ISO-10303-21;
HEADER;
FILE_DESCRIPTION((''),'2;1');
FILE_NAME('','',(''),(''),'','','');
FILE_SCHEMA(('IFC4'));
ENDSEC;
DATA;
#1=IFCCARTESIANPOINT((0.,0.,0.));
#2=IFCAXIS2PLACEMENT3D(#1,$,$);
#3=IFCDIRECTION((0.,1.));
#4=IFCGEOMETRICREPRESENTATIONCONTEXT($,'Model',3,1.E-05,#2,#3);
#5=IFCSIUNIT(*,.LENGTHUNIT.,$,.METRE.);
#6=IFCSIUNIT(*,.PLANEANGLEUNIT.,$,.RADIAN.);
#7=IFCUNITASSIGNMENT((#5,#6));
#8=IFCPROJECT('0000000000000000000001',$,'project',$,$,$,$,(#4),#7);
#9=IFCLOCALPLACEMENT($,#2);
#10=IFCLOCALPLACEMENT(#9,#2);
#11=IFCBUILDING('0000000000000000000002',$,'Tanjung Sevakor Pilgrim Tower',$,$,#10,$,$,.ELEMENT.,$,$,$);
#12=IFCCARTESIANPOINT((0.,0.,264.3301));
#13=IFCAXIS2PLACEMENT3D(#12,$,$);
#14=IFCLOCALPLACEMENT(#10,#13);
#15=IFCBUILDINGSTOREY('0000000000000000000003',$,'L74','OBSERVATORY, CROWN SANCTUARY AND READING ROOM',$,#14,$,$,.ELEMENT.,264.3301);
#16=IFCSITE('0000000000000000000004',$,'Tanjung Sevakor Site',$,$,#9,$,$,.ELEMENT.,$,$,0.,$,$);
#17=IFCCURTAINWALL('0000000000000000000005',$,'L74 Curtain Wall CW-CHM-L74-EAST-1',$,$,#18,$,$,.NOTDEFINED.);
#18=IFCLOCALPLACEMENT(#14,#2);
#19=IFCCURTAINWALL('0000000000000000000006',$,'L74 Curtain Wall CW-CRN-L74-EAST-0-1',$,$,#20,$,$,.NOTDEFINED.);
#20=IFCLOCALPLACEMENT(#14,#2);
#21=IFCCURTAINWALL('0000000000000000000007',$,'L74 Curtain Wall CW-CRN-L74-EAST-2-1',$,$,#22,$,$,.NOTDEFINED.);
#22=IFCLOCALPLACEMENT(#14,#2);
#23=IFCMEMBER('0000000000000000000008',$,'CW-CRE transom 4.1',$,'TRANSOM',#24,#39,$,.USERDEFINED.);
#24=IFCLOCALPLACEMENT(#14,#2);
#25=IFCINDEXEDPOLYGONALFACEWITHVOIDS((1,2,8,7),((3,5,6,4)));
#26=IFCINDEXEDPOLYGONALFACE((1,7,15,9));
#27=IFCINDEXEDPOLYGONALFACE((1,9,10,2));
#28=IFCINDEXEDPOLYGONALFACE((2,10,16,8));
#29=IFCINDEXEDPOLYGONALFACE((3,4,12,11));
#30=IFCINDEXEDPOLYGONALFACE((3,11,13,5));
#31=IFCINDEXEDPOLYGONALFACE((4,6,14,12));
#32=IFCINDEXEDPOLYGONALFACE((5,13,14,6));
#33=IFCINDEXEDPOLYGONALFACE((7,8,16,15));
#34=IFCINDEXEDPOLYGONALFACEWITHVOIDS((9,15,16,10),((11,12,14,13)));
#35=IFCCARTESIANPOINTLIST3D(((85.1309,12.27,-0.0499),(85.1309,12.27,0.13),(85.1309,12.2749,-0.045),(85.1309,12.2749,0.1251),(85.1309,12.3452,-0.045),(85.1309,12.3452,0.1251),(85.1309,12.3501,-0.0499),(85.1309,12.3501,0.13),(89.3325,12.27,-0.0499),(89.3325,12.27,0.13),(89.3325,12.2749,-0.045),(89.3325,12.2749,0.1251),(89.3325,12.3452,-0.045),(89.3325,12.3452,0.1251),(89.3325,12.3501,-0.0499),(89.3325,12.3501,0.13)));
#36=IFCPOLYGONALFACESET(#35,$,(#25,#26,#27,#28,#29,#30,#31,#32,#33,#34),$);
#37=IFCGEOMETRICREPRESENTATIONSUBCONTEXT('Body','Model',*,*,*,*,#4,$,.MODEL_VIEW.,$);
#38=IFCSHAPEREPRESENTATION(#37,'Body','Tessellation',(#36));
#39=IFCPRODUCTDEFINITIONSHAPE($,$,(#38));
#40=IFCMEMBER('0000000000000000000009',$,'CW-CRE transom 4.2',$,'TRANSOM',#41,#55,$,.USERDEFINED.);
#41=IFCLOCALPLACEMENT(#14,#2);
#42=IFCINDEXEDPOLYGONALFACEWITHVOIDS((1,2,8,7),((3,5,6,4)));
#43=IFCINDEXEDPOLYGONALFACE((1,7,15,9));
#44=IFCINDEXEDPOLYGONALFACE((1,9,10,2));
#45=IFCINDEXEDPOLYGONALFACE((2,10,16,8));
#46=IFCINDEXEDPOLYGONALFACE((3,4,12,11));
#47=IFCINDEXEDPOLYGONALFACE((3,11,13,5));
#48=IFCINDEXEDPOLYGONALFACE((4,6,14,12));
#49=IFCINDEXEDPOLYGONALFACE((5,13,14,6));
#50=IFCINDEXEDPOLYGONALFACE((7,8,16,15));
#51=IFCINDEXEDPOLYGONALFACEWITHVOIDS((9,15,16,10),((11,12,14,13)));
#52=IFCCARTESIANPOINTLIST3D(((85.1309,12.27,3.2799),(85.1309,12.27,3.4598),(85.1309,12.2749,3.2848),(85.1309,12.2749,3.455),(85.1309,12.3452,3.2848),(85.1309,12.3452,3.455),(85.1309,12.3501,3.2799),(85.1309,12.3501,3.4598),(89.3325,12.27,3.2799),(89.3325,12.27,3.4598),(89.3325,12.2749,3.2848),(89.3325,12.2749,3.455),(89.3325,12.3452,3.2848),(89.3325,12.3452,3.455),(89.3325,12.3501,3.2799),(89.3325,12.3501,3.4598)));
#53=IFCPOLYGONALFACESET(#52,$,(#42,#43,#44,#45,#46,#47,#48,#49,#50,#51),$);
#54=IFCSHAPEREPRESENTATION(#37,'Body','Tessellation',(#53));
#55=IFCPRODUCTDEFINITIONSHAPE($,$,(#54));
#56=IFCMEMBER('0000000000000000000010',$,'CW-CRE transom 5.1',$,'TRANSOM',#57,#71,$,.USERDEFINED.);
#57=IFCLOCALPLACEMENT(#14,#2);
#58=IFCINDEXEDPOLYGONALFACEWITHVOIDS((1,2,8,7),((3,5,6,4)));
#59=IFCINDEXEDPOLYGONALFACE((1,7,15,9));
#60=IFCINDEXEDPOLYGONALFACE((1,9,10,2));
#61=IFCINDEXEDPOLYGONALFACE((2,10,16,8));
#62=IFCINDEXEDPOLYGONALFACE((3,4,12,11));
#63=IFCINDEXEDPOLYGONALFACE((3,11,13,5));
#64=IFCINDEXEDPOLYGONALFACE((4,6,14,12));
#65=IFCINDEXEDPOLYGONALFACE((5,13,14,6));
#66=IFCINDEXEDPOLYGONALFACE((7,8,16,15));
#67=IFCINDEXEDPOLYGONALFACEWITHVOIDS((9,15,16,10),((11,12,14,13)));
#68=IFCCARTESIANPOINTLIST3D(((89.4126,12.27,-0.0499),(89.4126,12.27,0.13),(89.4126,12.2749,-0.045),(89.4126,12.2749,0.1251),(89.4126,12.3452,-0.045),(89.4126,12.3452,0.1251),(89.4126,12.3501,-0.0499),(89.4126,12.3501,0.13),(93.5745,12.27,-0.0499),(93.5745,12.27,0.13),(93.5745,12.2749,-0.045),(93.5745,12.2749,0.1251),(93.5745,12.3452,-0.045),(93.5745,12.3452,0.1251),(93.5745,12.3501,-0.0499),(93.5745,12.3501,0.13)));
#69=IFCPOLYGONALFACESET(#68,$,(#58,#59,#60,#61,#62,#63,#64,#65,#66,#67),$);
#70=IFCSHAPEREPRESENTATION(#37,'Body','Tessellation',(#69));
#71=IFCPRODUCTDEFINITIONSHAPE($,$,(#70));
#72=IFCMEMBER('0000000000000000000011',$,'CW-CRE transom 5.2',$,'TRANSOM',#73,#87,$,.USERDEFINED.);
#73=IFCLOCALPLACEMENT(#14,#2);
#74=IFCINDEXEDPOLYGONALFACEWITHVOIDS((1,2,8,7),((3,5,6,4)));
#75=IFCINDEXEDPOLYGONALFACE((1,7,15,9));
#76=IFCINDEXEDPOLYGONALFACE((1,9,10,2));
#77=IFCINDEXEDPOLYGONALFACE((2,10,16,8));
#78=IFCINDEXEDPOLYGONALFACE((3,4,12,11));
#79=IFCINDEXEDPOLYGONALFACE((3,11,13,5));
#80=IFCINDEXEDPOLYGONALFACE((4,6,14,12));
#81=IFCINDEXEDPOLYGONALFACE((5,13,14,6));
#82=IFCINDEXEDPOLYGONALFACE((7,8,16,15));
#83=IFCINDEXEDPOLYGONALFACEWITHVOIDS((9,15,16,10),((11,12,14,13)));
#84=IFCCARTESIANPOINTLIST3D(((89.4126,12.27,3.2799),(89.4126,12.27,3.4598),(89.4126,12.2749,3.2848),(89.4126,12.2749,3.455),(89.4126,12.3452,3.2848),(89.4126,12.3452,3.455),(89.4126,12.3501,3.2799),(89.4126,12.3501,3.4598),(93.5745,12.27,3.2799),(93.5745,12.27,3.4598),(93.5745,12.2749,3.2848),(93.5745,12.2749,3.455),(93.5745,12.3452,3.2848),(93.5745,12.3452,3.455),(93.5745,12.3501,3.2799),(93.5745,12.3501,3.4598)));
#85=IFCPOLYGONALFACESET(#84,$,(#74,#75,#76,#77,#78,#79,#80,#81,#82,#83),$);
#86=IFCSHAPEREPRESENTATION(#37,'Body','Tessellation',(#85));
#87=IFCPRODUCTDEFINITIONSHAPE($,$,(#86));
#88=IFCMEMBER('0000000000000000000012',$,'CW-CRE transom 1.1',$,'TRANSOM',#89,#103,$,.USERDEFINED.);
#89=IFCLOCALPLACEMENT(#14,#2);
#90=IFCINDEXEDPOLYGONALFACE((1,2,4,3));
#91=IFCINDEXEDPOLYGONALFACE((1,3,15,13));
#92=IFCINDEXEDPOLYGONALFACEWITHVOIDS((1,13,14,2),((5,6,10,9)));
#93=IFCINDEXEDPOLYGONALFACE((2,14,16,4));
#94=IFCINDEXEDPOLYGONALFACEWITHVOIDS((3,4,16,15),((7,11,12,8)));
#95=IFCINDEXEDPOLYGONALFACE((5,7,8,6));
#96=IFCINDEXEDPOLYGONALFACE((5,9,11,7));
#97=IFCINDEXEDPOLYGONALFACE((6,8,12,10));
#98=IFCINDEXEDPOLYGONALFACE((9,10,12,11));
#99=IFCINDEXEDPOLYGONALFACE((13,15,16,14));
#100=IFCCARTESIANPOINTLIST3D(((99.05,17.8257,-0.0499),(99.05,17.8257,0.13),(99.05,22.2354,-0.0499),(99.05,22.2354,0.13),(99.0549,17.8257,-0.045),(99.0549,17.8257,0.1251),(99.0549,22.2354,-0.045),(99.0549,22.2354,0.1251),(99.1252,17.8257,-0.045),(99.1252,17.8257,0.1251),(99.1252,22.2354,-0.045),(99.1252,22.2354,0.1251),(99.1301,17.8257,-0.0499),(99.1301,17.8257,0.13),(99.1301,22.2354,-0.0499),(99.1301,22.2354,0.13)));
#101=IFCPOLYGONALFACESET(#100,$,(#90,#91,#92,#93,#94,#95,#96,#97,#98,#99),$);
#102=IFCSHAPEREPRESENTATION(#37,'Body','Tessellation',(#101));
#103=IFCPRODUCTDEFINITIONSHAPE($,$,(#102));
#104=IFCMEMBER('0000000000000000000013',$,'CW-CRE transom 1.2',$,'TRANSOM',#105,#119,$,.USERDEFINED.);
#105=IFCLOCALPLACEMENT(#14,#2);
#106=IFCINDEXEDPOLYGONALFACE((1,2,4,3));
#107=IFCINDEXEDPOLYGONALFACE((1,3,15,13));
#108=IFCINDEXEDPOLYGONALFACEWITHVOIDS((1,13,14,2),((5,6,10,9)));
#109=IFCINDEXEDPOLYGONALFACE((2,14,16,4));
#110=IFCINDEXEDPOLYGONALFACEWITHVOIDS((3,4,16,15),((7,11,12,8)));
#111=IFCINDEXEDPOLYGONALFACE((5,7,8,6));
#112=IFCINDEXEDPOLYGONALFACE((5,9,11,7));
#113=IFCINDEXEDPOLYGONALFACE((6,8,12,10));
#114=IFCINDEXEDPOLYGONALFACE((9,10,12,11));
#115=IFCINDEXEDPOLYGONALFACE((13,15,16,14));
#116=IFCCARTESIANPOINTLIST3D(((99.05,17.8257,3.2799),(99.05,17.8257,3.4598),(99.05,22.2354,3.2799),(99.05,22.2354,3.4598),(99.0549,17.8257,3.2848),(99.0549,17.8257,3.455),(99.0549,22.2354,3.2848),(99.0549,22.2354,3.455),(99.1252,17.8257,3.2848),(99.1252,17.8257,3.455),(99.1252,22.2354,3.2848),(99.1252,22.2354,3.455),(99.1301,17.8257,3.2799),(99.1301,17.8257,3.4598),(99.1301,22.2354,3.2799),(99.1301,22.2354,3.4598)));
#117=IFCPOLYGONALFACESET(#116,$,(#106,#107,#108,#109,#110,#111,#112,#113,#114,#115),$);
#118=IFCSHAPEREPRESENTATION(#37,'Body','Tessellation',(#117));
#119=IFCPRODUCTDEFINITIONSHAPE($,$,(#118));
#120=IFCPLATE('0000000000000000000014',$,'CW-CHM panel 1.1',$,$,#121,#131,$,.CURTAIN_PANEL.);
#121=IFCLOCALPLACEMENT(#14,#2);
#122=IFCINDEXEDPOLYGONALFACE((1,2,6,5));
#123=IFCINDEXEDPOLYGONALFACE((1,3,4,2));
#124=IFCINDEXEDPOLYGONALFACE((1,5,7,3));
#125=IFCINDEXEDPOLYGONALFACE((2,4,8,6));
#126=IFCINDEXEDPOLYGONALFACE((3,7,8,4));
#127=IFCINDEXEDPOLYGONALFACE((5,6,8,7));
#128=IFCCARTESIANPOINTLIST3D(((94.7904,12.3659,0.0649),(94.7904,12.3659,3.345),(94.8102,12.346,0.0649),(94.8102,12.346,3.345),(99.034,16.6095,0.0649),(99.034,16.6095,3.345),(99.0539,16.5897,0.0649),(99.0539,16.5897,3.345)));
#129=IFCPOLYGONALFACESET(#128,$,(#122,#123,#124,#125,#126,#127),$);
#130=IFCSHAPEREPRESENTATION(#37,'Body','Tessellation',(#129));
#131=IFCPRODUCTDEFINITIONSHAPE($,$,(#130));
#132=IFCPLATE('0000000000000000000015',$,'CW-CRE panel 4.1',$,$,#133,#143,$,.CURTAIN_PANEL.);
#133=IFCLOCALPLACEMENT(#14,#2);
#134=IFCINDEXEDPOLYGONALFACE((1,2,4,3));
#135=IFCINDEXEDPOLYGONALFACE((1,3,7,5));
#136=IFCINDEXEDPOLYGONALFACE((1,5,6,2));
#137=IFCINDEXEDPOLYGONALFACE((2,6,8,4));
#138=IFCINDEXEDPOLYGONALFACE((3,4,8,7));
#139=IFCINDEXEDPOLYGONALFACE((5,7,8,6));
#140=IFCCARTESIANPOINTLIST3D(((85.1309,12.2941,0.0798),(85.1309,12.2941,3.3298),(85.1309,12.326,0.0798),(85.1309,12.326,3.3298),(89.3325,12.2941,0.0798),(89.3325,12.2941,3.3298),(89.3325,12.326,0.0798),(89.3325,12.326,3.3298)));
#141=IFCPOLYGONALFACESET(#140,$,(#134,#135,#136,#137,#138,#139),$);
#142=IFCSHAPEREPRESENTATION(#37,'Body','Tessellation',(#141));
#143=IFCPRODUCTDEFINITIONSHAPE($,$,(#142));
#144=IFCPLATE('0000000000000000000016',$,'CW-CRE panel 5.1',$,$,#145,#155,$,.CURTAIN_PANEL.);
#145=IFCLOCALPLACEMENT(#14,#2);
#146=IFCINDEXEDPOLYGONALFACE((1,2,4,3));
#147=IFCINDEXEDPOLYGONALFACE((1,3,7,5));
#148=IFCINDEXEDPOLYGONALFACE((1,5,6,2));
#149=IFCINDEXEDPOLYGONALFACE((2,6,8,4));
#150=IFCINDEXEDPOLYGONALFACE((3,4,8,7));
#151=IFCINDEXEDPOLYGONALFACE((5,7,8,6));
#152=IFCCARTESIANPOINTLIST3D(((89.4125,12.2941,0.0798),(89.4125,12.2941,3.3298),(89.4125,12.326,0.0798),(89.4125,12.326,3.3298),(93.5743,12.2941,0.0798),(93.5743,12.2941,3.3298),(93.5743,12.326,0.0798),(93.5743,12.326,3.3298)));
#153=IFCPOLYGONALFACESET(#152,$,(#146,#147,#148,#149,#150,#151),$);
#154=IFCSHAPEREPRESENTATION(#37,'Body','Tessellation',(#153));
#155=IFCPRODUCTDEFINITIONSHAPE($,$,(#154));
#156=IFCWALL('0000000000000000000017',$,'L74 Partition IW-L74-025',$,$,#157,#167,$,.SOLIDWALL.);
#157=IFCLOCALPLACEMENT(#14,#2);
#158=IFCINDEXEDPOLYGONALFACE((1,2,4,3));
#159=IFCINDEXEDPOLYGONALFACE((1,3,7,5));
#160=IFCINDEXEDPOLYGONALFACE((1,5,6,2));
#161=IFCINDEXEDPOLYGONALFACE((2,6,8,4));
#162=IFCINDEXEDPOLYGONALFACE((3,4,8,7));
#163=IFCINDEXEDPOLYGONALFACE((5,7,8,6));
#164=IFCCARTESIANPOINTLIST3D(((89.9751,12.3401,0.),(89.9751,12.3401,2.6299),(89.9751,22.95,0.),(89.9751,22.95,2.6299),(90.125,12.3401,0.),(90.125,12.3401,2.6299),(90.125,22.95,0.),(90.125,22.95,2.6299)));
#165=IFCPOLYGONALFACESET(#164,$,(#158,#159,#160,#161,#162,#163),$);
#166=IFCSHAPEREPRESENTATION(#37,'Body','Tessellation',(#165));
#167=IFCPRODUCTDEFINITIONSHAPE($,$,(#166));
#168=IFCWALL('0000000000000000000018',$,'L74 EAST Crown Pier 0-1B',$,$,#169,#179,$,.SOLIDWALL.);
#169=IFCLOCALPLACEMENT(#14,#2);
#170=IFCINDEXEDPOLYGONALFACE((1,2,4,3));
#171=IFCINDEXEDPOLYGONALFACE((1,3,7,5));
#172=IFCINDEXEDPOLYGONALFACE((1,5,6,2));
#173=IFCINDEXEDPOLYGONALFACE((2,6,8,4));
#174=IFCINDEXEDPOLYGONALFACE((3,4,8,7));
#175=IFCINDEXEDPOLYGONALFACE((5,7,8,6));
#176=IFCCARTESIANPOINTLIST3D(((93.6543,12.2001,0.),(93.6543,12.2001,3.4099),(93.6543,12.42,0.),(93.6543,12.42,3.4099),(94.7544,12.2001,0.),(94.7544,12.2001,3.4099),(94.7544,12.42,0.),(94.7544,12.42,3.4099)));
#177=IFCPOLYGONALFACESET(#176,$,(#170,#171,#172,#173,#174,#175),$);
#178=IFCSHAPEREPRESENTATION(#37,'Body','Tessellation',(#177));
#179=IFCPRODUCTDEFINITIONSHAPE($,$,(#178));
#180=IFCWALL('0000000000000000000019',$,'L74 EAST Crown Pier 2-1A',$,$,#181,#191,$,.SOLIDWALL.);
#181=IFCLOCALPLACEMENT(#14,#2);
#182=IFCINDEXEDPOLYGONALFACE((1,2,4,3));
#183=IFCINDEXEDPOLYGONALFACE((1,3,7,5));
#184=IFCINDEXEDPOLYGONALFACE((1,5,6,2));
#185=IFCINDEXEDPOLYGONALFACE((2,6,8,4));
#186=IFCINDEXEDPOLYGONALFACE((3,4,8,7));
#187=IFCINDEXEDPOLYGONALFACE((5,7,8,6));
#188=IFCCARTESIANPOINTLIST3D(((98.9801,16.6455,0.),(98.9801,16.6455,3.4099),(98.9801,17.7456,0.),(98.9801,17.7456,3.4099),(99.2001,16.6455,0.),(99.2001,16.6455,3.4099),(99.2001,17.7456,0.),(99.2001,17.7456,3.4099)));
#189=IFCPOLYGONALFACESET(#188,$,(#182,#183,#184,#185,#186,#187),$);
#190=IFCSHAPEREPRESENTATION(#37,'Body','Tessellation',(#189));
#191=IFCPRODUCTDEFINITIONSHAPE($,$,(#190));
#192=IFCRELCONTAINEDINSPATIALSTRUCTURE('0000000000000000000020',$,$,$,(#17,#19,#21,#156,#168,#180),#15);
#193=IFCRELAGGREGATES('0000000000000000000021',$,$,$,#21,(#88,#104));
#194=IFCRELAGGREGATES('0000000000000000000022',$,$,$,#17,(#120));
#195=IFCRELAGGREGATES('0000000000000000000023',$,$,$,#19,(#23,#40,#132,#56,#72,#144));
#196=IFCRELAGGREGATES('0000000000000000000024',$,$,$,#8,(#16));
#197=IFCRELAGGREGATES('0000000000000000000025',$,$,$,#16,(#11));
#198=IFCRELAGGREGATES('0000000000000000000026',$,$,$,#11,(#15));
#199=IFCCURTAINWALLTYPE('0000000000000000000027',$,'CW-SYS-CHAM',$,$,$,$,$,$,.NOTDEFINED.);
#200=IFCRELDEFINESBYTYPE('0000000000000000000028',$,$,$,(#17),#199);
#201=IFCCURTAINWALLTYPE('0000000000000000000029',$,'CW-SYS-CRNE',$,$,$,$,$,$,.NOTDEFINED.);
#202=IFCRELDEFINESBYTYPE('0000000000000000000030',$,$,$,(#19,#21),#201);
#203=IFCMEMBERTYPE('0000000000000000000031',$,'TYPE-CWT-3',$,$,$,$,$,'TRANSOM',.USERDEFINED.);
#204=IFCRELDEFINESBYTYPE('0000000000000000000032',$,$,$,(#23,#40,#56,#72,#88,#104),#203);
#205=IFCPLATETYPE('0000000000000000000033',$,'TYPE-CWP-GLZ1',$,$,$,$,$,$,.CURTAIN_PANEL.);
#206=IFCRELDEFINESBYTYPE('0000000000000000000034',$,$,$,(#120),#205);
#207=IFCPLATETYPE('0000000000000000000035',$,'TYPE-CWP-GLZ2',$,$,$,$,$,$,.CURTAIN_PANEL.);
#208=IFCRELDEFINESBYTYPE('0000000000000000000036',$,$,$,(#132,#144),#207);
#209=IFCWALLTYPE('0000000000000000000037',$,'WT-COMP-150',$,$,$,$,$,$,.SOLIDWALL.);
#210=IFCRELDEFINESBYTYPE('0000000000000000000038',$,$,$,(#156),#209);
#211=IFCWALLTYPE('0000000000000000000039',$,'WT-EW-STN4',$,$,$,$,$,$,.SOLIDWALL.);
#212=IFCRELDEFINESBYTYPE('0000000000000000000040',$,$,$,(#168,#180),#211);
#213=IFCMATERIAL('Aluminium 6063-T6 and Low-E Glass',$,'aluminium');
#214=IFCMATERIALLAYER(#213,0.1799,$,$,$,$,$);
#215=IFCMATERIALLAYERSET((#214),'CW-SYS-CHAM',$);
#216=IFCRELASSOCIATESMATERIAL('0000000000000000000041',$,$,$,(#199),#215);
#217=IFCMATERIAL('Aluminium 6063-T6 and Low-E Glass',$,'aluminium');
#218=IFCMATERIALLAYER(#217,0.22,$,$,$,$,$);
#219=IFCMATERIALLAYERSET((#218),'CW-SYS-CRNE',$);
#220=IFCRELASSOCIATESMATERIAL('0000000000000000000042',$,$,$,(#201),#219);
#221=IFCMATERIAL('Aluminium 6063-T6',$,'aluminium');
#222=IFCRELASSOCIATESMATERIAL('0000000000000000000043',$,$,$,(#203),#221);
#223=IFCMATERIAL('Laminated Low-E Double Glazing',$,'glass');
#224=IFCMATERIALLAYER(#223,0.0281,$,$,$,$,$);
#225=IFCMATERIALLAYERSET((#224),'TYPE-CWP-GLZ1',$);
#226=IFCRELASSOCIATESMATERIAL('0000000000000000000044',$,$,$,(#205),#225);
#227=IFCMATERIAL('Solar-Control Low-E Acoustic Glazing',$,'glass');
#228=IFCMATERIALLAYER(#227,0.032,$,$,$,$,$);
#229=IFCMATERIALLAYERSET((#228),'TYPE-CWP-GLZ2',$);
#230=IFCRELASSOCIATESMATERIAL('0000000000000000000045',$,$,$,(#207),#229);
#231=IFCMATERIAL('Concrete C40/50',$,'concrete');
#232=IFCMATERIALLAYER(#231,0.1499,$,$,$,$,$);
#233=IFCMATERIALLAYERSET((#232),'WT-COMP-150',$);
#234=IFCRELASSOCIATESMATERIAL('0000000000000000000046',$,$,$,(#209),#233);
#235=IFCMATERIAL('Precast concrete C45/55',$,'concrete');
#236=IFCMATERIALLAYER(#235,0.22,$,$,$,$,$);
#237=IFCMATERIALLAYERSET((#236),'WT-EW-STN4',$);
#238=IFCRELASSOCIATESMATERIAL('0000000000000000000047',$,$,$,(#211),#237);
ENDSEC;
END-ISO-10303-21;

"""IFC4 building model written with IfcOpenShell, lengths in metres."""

from ifc_helpers import new_model, si_unit, direction, frame, frame_2d, origin, origin_2d, place, context, subcontext, project, spatial, rectangle, hollow_rectangle, extrude, material, layer, layer_set, material_profile, profile_set, type_object, element, aggregate, save


model = new_model("IFC4")

# Units and contexts
model_context = context("Model", 3, precision=1e-05, world=origin(), true_north=direction((0.0, 1.0)))
body_context = subcontext(model_context, "Body", "Model", "MODEL_VIEW")
ifc_project = project(units=[si_unit("LENGTHUNIT", "METRE"), si_unit("PLANEANGLEUNIT", "RADIAN")], contexts=[model_context])

# Site, building, storey
site_placement = place(None, origin())
site = spatial("IfcSite", under=ifc_project, at=site_placement, Name="Tanjung Sevakor Site", CompositionType="ELEMENT", RefElevation=0.0)
building_placement = place(site_placement, origin())
building = spatial("IfcBuilding", under=site, at=building_placement, Name="Tanjung Sevakor Pilgrim Tower", CompositionType="ELEMENT")
storey_placement = place(building_placement, frame((0.0, 0.0, 264.3301)))
storey = spatial("IfcBuildingStorey", under=building, at=storey_placement, Name="L74", Description="OBSERVATORY, CROWN SANCTUARY AND READING ROOM", CompositionType="ELEMENT", Elevation=264.3301)

# Curtain walls
ifc_material_1 = material(Name="Aluminium 6063-T6 and Low-E Glass", Category="aluminium")
ifc_layer_1 = layer(ifc_material_1, 0.1799)
ifc_layer_set_1 = layer_set([ifc_layer_1], Name="CW-SYS-CHAM")
curtain_wall_type_1 = type_object("IfcCurtainWallType", Name="CW-SYS-CHAM", PredefinedType="NOTDEFINED", material=ifc_layer_set_1)
curtain_wall_1_placement = place(storey_placement, origin())
curtain_wall_1 = element("IfcCurtainWall", 1, at=curtain_wall_1_placement, inside=storey, type_object=curtain_wall_type_1, Name="L74 Curtain Wall CW-CHM-L74-EAST-1", PredefinedType="NOTDEFINED")
ifc_material_2 = material(Name="Aluminium 6063-T6 and Low-E Glass", Category="aluminium")
ifc_layer_2 = layer(ifc_material_2, 0.22)
ifc_layer_set_2 = layer_set([ifc_layer_2], Name="CW-SYS-CRNE")
curtain_wall_type_2 = type_object("IfcCurtainWallType", Name="CW-SYS-CRNE", PredefinedType="NOTDEFINED", material=ifc_layer_set_2)
curtain_wall_2_placement = place(storey_placement, origin())
curtain_wall_2 = element("IfcCurtainWall", 2, at=curtain_wall_2_placement, inside=storey, type_object=curtain_wall_type_2, Name="L74 Curtain Wall CW-CRN-L74-EAST-0-1", PredefinedType="NOTDEFINED")

# Curtain wall
curtain_wall_3_placement = place(storey_placement, origin())
curtain_wall_3 = element("IfcCurtainWall", 3, at=curtain_wall_3_placement, inside=storey, type_object=curtain_wall_type_2, Name="L74 Curtain Wall CW-CRN-L74-EAST-2-1", PredefinedType="NOTDEFINED")

# Members
ifc_material_3 = material(Name="Aluminium 6063-T6", Category="aluminium")
ifc_material_profile_1 = material_profile(ifc_material_3, hollow_rectangle(XDim=0.0801, YDim=0.1799, WallThickness=0.0049, at=origin_2d()))
ifc_profile_set_1 = profile_set([ifc_material_profile_1], Name="Aluminium 6063-T6")
member_type_1 = type_object("IfcMemberType", Name="TYPE-CWT-3", ElementType="TRANSOM", PredefinedType="USERDEFINED", material=ifc_profile_set_1)
member_1_placement = place(storey_placement, frame((85.1309, 12.3101, 0.04), z_axis=(1.0, 0.0, 0.0), x_axis=(0.0, 1.0, 0.0)))
member_1 = element("IfcMember", 4, at=member_1_placement, type_object=member_type_1, Name="CW-CRE transom 4.1", ObjectType="TRANSOM", PredefinedType="USERDEFINED", context=body_context, shape_type="SweptSolid", body=[
    extrude(hollow_rectangle(XDim=0.0801, YDim=0.1799, WallThickness=0.0049, at=origin_2d()), origin(), (0.0, 0.0, 1.0), 4.2017),
])
member_2_placement = place(storey_placement, frame((85.1309, 12.3101, 3.3699), z_axis=(1.0, 0.0, 0.0), x_axis=(0.0, 1.0, 0.0)))
member_2 = element("IfcMember", 5, at=member_2_placement, type_object=member_type_1, Name="CW-CRE transom 4.2", ObjectType="TRANSOM", PredefinedType="USERDEFINED", context=body_context, shape_type="SweptSolid", body=[
    extrude(hollow_rectangle(XDim=0.0801, YDim=0.1799, WallThickness=0.0049, at=origin_2d()), origin(), (0.0, 0.0, 1.0), 4.2017),
])
member_3_placement = place(storey_placement, frame((89.4126, 12.3101, 0.04), z_axis=(1.0, 0.0, 0.0), x_axis=(0.0, 1.0, 0.0)))
member_3 = element("IfcMember", 6, at=member_3_placement, type_object=member_type_1, Name="CW-CRE transom 5.1", ObjectType="TRANSOM", PredefinedType="USERDEFINED", context=body_context, shape_type="SweptSolid", body=[
    extrude(hollow_rectangle(XDim=0.0801, YDim=0.1799, WallThickness=0.0049, at=origin_2d()), origin(), (0.0, 0.0, 1.0), 4.1619),
])
member_4_placement = place(storey_placement, frame((89.4126, 12.3101, 3.3699), z_axis=(1.0, 0.0, 0.0), x_axis=(0.0, 1.0, 0.0)))
member_4 = element("IfcMember", 7, at=member_4_placement, type_object=member_type_1, Name="CW-CRE transom 5.2", ObjectType="TRANSOM", PredefinedType="USERDEFINED", context=body_context, shape_type="SweptSolid", body=[
    extrude(hollow_rectangle(XDim=0.0801, YDim=0.1799, WallThickness=0.0049, at=origin_2d()), origin(), (0.0, 0.0, 1.0), 4.1619),
])
member_5_placement = place(storey_placement, frame((99.0901, 17.8257, 0.04), z_axis=(0.0, 1.0, 0.0), x_axis=(-1.0, 0.0, 0.0)))
member_5 = element("IfcMember", 8, at=member_5_placement, type_object=member_type_1, Name="CW-CRE transom 1.1", ObjectType="TRANSOM", PredefinedType="USERDEFINED", context=body_context, shape_type="SweptSolid", body=[
    extrude(hollow_rectangle(XDim=0.0801, YDim=0.1799, WallThickness=0.0049, at=origin_2d()), origin(), (0.0, 0.0, 1.0), 4.4097),
])
member_6_placement = place(storey_placement, frame((99.0901, 17.8257, 3.3699), z_axis=(0.0, 1.0, 0.0), x_axis=(-1.0, 0.0, 0.0)))
member_6 = element("IfcMember", 9, at=member_6_placement, type_object=member_type_1, Name="CW-CRE transom 1.2", ObjectType="TRANSOM", PredefinedType="USERDEFINED", context=body_context, shape_type="SweptSolid", body=[
    extrude(hollow_rectangle(XDim=0.0801, YDim=0.1799, WallThickness=0.0049, at=origin_2d()), origin(), (0.0, 0.0, 1.0), 4.4097),
])
aggregate(curtain_wall_3, [member_5, member_6])

# Plates
ifc_material_4 = material(Name="Laminated Low-E Double Glazing", Category="glass")
ifc_layer_3 = layer(ifc_material_4, 0.0281)
ifc_layer_set_3 = layer_set([ifc_layer_3], Name="TYPE-CWP-GLZ1")
plate_type_1 = type_object("IfcPlateType", Name="TYPE-CWP-GLZ1", PredefinedType="CURTAIN_PANEL", material=ifc_layer_set_3)
plate_1_placement = place(storey_placement, frame((96.9221, 14.4778, 0.0649), z_axis=(0.0, 0.0, 1.0), x_axis=(0.707107, 0.707107, 0.0)))
plate_1 = element("IfcPlate", 10, at=plate_1_placement, type_object=plate_type_1, Name="CW-CHM panel 1.1", PredefinedType="CURTAIN_PANEL", context=body_context, shape_type="SweptSolid", body=[
    extrude(rectangle(XDim=6.0015, YDim=0.0281, at=origin_2d()), origin(), (0.0, 0.0, 1.0), 3.28),
])
aggregate(curtain_wall_1, [plate_1])
ifc_material_5 = material(Name="Solar-Control Low-E Acoustic Glazing", Category="glass")
ifc_layer_4 = layer(ifc_material_5, 0.032)
ifc_layer_set_4 = layer_set([ifc_layer_4], Name="TYPE-CWP-GLZ2")
plate_type_2 = type_object("IfcPlateType", Name="TYPE-CWP-GLZ2", PredefinedType="CURTAIN_PANEL", material=ifc_layer_set_4)
plate_2_placement = place(storey_placement, frame((87.2317, 12.3101, 0.0798), z_axis=(0.0, 0.0, 1.0), x_axis=(1.0, 0.0, 0.0)))
plate_2 = element("IfcPlate", 11, at=plate_2_placement, type_object=plate_type_2, Name="CW-CRE panel 4.1", PredefinedType="CURTAIN_PANEL", context=body_context, shape_type="SweptSolid", body=[
    extrude(rectangle(XDim=4.2017, YDim=0.032, at=origin_2d()), origin(), (0.0, 0.0, 1.0), 3.25),
])
plate_3_placement = place(storey_placement, frame((91.4934, 12.3101, 0.0798), z_axis=(0.0, 0.0, 1.0), x_axis=(1.0, 0.0, 0.0)))
plate_3 = element("IfcPlate", 12, at=plate_3_placement, type_object=plate_type_2, Name="CW-CRE panel 5.1", PredefinedType="CURTAIN_PANEL", context=body_context, shape_type="SweptSolid", body=[
    extrude(rectangle(XDim=4.1619, YDim=0.032, at=origin_2d()), origin(), (0.0, 0.0, 1.0), 3.25),
])
aggregate(curtain_wall_2, [member_1, member_2, plate_2, member_3, member_4, plate_3])

# Walls
ifc_material_6 = material(Name="Concrete C40/50", Category="concrete")
ifc_layer_5 = layer(ifc_material_6, 0.1499)
ifc_layer_set_5 = layer_set([ifc_layer_5], Name="WT-COMP-150")
wall_type_1 = type_object("IfcWallType", Name="WT-COMP-150", PredefinedType="SOLIDWALL", material=ifc_layer_set_5)
wall_1_placement = place(storey_placement, frame((90.05, 12.3401, 0.0), z_axis=(0.0, 0.0, 1.0), x_axis=(0.0, 1.0, 0.0)))
element("IfcWall", 13, at=wall_1_placement, inside=storey, type_object=wall_type_1, Name="L74 Partition IW-L74-025", PredefinedType="SOLIDWALL", context=body_context, shape_type="SweptSolid", body=[
    extrude(rectangle(XDim=10.6099, YDim=0.1499, at=frame_2d((5.3049, 0.0))), origin(), (0.0, 0.0, 1.0), 2.6299),
])
ifc_material_7 = material(Name="Precast concrete C45/55", Category="concrete")
ifc_layer_6 = layer(ifc_material_7, 0.22)
ifc_layer_set_6 = layer_set([ifc_layer_6], Name="WT-EW-STN4")
wall_type_2 = type_object("IfcWallType", Name="WT-EW-STN4", PredefinedType="SOLIDWALL", material=ifc_layer_set_6)
for number, where, z_axis, x_axis, name in (
    (14, (93.6543, 12.3101, 0.0), (0.0, 0.0, 1.0), (1.0, 0.0, 0.0), "L74 EAST Crown Pier 0-1B"),
    (15, (99.0901, 16.6455, 0.0), (0.0, 0.0, 1.0), (0.0, 1.0, 0.0), "L74 EAST Crown Pier 2-1A"),
):
    element("IfcWall", number, at=place(storey_placement, frame(where, z_axis=z_axis, x_axis=x_axis)), inside=storey, type_object=wall_type_2, Name=name, PredefinedType="SOLIDWALL", context=body_context, shape_type="SweptSolid", body=[
        extrude(rectangle(XDim=1.1001, YDim=0.22, at=frame_2d((0.55, 0.0))), origin(), (0.0, 0.0, 1.0), 3.4099),
    ])

save(model, "model.ifc")
